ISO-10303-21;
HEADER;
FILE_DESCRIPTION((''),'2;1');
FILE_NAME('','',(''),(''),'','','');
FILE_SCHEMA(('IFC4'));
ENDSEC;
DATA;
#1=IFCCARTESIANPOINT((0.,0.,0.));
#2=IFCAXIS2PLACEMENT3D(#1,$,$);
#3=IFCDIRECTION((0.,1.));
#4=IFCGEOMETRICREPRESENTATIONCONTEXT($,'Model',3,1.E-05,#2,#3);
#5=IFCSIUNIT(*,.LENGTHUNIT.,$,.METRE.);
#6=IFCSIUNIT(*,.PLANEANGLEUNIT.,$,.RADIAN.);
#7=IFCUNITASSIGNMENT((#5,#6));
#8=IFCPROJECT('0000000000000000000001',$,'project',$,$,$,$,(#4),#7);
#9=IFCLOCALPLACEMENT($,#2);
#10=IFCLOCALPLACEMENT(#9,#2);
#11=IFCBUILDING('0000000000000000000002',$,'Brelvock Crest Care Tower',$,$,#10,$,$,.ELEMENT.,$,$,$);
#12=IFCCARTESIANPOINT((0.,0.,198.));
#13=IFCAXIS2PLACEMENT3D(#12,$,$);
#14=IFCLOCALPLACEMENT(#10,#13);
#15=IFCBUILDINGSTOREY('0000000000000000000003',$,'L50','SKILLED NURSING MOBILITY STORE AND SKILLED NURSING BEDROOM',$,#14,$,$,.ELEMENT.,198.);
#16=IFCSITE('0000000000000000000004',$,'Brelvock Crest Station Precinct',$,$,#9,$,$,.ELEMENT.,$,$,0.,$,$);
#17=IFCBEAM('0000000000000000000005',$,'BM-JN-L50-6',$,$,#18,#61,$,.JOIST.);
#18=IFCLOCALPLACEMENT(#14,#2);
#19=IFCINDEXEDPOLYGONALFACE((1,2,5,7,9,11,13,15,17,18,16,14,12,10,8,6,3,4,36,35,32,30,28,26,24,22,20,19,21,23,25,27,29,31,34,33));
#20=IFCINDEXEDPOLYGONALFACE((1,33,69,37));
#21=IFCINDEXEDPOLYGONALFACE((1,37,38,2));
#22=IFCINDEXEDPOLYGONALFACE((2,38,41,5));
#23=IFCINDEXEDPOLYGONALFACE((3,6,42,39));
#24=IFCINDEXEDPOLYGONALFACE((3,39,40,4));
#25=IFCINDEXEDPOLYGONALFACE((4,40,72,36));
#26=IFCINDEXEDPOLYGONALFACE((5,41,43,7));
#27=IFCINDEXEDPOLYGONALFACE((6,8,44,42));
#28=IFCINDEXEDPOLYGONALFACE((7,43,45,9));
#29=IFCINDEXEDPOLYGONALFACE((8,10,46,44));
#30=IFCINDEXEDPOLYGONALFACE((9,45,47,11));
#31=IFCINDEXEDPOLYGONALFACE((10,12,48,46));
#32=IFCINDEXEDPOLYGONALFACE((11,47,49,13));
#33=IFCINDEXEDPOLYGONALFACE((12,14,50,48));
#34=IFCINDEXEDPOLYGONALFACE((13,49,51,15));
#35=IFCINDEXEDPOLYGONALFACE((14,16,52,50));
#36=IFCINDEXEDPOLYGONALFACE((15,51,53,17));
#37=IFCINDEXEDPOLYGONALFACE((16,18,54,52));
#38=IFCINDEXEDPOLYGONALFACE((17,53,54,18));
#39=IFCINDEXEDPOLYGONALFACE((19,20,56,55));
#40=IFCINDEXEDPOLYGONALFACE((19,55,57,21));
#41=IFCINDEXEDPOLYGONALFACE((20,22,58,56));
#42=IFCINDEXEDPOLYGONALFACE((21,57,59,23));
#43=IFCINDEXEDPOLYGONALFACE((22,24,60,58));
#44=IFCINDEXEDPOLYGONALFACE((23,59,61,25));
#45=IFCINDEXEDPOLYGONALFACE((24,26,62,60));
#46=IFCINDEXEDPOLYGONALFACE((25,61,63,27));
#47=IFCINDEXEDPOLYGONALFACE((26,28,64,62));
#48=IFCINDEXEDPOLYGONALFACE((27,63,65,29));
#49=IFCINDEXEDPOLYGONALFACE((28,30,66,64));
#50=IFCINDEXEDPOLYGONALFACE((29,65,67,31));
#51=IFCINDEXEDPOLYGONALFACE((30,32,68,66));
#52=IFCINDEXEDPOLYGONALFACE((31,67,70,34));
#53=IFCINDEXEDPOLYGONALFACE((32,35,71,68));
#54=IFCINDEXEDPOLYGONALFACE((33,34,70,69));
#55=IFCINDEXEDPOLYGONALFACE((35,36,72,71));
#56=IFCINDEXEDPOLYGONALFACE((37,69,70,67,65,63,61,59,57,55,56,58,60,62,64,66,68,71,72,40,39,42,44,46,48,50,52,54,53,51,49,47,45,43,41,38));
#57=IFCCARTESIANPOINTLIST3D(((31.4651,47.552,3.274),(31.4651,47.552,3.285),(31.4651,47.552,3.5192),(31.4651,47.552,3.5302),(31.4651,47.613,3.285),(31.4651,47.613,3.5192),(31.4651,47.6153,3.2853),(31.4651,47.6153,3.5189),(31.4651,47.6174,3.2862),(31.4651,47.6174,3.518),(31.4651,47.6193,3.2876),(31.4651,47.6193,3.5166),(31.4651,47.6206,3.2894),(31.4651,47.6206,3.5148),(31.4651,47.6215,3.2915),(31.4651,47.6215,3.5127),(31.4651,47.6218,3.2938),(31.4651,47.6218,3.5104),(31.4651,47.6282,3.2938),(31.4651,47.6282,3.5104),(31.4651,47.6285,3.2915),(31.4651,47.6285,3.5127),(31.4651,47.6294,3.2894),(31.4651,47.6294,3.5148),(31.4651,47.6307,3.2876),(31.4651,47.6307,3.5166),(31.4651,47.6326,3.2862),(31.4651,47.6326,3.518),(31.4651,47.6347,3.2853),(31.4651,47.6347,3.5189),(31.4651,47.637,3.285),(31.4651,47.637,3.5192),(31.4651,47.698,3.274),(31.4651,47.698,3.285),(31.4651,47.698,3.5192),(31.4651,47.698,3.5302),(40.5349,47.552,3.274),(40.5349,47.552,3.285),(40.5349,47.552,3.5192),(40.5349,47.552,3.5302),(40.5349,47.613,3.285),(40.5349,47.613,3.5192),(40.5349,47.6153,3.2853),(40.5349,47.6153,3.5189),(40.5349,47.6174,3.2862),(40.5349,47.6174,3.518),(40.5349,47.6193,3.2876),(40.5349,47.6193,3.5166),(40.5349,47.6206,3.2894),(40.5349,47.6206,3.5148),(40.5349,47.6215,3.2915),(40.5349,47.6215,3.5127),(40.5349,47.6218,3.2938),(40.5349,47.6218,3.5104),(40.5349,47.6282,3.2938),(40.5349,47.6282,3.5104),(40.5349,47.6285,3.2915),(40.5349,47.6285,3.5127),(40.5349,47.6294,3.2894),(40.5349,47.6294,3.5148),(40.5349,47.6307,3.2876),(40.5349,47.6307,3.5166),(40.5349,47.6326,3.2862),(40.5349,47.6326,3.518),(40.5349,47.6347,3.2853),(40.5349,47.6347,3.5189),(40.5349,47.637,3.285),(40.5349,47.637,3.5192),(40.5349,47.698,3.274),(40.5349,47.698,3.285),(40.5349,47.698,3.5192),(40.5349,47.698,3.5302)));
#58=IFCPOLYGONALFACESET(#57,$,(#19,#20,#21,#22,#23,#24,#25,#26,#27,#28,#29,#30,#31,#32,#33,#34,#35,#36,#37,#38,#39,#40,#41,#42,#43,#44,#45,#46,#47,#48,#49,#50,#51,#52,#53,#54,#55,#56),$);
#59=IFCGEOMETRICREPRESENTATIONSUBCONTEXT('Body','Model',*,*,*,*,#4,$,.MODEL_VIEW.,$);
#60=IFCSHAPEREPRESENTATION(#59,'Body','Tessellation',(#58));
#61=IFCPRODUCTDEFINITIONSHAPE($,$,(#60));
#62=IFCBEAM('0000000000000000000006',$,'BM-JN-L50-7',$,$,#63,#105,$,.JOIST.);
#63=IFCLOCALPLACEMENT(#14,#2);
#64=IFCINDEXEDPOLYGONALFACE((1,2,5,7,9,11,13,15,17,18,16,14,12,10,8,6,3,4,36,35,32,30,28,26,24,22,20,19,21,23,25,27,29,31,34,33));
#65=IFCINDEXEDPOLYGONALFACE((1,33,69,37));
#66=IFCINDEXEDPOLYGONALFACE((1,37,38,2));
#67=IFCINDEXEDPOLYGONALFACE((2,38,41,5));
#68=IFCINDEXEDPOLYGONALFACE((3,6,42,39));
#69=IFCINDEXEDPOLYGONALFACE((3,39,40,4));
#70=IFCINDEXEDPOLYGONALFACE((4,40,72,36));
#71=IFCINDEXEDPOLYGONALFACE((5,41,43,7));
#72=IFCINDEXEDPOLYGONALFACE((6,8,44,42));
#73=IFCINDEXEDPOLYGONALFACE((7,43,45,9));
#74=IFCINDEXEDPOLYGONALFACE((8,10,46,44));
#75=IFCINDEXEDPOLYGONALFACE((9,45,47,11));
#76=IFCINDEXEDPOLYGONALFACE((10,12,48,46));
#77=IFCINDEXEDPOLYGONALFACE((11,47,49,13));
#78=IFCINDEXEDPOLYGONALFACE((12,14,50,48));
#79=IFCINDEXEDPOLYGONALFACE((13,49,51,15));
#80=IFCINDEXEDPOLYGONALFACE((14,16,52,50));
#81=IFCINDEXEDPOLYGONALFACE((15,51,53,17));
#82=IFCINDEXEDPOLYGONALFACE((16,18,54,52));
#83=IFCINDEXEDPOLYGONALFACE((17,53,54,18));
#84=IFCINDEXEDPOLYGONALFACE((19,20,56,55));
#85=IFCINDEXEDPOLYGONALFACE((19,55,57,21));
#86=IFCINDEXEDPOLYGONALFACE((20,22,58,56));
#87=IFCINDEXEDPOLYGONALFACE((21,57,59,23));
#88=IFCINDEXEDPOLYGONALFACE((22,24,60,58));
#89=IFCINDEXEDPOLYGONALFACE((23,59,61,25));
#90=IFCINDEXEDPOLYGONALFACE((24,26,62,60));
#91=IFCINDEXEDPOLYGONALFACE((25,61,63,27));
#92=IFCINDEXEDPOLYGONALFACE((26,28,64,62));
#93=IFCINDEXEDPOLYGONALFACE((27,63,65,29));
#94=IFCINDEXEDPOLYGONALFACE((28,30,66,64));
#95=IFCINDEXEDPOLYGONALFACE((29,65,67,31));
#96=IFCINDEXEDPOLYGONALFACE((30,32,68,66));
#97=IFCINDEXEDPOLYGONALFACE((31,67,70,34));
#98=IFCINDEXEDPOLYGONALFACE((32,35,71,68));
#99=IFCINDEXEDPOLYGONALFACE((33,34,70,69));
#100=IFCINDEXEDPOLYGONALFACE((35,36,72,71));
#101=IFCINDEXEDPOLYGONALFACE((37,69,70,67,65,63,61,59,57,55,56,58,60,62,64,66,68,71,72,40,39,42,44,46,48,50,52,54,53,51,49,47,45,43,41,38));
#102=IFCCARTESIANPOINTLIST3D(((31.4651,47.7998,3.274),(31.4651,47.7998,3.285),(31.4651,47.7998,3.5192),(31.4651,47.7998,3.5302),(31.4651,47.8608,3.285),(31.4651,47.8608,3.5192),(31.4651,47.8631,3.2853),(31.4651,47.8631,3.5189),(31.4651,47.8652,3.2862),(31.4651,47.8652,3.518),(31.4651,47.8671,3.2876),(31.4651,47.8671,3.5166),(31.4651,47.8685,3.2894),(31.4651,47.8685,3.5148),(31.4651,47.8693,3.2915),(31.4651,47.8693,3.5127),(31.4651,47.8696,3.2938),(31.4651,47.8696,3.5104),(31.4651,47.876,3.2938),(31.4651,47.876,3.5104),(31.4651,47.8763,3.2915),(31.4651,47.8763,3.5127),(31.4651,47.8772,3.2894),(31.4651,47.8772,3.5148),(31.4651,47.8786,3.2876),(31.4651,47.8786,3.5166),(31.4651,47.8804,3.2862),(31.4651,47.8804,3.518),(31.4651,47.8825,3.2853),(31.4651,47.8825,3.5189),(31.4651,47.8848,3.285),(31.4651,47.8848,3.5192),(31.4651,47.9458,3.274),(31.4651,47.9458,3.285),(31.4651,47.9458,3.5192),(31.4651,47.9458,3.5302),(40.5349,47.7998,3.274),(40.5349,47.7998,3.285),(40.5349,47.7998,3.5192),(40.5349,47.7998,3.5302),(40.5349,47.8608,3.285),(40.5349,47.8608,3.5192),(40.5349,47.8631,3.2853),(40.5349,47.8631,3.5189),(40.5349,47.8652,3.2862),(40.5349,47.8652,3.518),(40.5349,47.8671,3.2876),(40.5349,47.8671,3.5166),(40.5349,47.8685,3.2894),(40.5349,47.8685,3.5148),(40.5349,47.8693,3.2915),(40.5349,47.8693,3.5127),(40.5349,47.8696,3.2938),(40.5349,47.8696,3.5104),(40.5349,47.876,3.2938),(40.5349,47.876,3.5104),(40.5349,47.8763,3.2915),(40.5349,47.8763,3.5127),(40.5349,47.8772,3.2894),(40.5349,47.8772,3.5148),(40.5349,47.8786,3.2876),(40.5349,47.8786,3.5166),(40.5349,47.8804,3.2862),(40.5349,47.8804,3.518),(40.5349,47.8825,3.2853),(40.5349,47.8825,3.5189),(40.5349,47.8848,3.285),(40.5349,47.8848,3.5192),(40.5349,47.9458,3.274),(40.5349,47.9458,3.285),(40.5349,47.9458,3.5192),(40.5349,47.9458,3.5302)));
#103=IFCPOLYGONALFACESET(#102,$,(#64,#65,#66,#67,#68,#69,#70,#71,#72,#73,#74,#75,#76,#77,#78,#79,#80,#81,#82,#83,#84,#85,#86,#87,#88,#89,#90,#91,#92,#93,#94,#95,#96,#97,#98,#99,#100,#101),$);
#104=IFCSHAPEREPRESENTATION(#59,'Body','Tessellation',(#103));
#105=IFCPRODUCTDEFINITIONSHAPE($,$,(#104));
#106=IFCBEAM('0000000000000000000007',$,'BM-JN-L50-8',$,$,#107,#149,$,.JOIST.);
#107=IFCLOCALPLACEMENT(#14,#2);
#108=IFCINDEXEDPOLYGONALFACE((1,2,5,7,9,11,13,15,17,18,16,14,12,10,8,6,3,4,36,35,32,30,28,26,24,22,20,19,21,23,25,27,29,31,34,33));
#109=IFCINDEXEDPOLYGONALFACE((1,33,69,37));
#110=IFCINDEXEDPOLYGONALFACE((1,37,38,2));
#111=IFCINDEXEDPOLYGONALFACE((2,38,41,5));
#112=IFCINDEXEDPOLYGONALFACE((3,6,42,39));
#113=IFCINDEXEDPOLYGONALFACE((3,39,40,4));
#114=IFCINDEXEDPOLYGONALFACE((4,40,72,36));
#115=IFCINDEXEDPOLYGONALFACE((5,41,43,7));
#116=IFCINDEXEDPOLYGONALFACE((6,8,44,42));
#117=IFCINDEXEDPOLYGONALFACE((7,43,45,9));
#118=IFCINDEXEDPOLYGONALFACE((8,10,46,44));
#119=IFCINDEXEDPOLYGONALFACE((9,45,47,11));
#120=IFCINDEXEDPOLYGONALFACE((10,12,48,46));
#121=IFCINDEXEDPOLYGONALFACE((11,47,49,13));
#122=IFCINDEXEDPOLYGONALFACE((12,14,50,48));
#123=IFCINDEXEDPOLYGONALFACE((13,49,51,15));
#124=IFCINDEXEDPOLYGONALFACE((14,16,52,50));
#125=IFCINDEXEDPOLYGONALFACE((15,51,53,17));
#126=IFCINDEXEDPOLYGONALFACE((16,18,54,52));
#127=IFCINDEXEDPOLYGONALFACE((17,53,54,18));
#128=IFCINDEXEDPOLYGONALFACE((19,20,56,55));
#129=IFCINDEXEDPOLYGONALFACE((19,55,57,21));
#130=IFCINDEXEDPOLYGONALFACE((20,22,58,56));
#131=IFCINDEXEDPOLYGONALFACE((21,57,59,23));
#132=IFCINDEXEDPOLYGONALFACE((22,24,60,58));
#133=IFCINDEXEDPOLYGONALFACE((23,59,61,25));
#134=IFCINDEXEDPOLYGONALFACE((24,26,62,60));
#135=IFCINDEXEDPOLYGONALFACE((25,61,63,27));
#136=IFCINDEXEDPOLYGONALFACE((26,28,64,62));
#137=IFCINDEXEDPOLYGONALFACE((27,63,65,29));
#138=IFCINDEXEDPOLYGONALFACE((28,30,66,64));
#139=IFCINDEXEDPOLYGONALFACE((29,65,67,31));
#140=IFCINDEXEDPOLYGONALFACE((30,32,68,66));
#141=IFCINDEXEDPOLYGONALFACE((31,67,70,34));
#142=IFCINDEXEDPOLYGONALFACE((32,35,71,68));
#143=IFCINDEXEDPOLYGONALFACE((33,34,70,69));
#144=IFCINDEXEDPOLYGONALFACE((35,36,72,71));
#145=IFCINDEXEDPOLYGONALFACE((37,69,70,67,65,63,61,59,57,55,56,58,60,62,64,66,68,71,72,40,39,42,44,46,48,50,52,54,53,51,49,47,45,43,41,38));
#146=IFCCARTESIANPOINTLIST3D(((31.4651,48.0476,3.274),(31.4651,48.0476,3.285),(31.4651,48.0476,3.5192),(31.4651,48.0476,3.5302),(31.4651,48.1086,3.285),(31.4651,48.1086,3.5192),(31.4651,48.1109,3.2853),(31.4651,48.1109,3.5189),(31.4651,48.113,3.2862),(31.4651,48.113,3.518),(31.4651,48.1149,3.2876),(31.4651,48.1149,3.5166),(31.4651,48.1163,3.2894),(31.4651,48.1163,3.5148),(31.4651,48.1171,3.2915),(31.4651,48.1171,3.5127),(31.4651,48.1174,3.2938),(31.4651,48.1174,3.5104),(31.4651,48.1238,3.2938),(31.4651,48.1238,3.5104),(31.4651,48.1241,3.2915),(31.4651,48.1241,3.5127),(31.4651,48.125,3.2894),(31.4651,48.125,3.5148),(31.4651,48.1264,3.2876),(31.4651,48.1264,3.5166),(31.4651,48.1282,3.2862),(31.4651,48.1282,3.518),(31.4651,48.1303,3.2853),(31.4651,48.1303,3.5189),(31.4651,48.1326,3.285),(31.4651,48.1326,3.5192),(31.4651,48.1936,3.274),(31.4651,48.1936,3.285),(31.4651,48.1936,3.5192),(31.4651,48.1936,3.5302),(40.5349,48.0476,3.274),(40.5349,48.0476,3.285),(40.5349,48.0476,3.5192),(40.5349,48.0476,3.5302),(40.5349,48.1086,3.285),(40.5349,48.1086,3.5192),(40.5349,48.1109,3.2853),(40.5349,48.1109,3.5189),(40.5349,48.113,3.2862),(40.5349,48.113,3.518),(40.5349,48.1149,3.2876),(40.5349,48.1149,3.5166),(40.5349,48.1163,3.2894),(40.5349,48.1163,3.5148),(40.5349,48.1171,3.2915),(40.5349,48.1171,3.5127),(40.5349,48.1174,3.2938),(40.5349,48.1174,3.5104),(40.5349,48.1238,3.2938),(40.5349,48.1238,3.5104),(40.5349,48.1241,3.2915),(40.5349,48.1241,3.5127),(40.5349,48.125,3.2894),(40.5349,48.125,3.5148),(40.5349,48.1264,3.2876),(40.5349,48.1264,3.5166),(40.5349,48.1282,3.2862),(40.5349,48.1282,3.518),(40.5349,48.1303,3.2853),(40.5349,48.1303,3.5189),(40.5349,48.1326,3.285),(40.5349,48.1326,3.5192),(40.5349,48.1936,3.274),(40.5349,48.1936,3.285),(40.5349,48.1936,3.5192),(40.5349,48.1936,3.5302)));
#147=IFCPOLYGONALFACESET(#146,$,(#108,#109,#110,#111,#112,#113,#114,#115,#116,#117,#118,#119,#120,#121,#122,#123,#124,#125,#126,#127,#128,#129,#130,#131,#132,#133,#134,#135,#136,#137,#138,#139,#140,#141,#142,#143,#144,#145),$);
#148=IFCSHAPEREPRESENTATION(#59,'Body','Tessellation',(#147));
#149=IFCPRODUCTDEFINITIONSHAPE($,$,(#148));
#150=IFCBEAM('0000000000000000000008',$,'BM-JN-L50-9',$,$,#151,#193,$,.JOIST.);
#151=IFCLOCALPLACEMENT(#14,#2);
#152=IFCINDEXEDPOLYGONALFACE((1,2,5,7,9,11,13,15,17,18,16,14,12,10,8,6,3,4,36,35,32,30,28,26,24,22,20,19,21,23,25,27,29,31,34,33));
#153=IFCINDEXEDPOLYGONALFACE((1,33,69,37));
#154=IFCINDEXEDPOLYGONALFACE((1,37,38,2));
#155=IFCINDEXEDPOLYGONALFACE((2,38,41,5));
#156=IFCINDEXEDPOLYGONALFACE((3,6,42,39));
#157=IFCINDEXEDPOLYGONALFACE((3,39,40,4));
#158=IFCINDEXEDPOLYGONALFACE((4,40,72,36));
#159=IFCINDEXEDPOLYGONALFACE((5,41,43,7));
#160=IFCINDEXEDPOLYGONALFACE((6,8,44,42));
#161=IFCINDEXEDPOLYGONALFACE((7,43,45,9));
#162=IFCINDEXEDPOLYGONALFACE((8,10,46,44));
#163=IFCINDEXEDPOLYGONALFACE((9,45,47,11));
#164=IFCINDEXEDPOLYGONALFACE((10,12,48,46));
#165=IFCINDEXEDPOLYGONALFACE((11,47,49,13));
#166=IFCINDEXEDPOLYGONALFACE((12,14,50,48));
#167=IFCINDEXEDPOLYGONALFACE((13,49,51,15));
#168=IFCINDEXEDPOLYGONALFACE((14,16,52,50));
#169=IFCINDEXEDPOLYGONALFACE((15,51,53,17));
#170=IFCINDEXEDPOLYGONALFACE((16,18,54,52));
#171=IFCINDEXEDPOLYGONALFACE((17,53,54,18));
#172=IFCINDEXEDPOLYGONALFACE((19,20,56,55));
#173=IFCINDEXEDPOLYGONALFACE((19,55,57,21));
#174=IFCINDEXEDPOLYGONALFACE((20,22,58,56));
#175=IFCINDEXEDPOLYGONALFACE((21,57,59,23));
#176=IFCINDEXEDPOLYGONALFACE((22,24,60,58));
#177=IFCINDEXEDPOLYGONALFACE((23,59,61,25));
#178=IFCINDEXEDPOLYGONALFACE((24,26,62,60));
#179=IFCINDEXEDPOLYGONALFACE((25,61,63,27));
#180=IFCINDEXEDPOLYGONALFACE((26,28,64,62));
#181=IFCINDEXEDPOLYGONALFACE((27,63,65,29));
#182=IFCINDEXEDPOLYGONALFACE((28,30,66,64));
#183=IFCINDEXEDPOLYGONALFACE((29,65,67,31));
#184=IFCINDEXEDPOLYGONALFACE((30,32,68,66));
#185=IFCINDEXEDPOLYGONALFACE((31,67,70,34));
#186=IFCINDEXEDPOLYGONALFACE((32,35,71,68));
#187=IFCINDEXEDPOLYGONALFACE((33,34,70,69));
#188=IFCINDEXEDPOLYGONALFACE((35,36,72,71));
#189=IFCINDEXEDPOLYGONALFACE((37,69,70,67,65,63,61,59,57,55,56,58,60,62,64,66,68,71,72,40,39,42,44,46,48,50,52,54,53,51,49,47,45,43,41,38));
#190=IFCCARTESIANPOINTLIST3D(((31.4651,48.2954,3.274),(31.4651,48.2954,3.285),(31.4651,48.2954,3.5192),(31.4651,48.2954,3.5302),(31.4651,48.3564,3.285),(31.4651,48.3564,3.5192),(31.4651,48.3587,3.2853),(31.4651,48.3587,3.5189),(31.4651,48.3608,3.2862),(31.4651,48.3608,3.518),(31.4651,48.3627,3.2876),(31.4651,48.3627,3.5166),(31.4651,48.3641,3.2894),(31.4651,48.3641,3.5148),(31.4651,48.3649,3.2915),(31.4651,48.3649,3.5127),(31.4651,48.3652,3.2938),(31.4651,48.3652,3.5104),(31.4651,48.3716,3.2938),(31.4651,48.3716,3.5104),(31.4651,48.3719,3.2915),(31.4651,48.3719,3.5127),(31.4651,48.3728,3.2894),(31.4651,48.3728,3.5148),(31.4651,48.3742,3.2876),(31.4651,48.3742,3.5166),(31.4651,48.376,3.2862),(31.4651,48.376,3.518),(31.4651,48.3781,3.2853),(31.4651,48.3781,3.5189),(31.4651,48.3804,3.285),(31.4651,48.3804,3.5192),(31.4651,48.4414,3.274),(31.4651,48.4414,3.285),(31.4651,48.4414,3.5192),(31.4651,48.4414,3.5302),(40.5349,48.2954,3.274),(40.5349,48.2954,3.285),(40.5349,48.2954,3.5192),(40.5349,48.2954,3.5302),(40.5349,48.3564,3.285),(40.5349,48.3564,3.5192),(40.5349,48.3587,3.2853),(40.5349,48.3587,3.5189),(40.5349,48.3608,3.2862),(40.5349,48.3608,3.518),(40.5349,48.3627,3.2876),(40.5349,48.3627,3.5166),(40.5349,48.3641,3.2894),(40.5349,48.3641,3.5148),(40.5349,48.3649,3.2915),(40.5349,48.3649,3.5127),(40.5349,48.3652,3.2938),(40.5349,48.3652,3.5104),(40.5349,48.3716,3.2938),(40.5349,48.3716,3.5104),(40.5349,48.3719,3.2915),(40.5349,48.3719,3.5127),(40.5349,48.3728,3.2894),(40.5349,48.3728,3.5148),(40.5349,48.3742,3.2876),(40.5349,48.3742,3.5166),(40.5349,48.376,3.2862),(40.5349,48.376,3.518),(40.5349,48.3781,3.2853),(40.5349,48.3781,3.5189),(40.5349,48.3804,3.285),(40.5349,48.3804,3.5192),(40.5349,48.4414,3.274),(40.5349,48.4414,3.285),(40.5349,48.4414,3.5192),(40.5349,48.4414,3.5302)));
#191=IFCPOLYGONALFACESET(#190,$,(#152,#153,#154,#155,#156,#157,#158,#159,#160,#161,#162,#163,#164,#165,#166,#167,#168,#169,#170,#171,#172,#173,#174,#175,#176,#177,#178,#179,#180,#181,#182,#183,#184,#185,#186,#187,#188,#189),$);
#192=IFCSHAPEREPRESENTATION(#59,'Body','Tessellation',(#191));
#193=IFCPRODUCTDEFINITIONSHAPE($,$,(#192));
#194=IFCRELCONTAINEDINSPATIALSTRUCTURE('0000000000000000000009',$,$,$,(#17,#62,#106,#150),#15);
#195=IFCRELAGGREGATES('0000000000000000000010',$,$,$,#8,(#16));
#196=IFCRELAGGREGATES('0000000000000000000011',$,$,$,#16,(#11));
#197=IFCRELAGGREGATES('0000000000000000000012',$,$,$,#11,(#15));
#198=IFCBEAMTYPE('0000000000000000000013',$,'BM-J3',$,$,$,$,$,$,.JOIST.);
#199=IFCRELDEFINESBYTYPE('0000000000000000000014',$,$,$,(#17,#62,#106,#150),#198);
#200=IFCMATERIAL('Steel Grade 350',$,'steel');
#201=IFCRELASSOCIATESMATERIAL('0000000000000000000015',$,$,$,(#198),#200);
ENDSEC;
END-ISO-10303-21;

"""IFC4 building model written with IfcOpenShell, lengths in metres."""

from ifc_helpers import new_model, si_unit, direction, frame, origin, origin_2d, place, context, subcontext, project, spatial, i_section, extrude, source, transform, mapped, material, material_profile, profile_set, type_object, element, save


model = new_model("IFC4")

# Units and contexts
model_context = context("Model", 3, precision=1e-05, world=origin(), true_north=direction((0.0, 1.0)))
body_context = subcontext(model_context, "Body", "Model", "MODEL_VIEW")
ifc_project = project(units=[si_unit("LENGTHUNIT", "METRE"), si_unit("PLANEANGLEUNIT", "RADIAN")], contexts=[model_context])

# Site, building, storey
site_placement = place(None, origin())
site = spatial("IfcSite", under=ifc_project, at=site_placement, Name="Brelvock Crest Station Precinct", CompositionType="ELEMENT", RefElevation=0.0)
building_placement = place(site_placement, origin())
building = spatial("IfcBuilding", under=site, at=building_placement, Name="Brelvock Crest Care Tower", CompositionType="ELEMENT")
storey_placement = place(building_placement, frame((0.0, 0.0, 198.0)))
storey = spatial("IfcBuildingStorey", under=building, at=storey_placement, Name="L50", Description="SKILLED NURSING MOBILITY STORE AND SKILLED NURSING BEDROOM", CompositionType="ELEMENT", Elevation=198.0)

# Shared definitions
ifc_material_1 = material(Name="Steel Grade 350", Category="steel")

# Beams
ifc_material_profile_1 = material_profile(ifc_material_1, i_section(OverallWidth=0.146, OverallDepth=0.2561, WebThickness=0.0063, FlangeThickness=0.011, FilletRadius=0.0088, at=origin_2d()), Name="250UB37.3")
ifc_profile_set_1 = profile_set([ifc_material_profile_1], Name="Steel Grade 350")
beam_type_1 = type_object("IfcBeamType", Name="BM-J3", PredefinedType="JOIST", material=ifc_profile_set_1)
shared_shape_1 = source(origin(), body_context, "Body", "SweptSolid", [
    extrude(i_section(OverallWidth=0.146, OverallDepth=0.2561, WebThickness=0.0063, FlangeThickness=0.011, FilletRadius=0.0088, at=origin_2d()), origin(), (0.0, 0.0, 1.0), 9.0698),
])
for number, where, z_axis, x_axis, name in (
    (1, (31.4651, 47.625, 3.4021), (1.0, 0.0, 0.0), (0.0, 1.0, 0.0), "BM-JN-L50-6"),
    (2, (31.4651, 47.8728, 3.4021), (1.0, 0.0, 0.0), (0.0, 1.0, 0.0), "BM-JN-L50-7"),
    (3, (31.4651, 48.1206, 3.4021), (1.0, 0.0, 0.0), (0.0, 1.0, 0.0), "BM-JN-L50-8"),
    (4, (31.4651, 48.3684, 3.4021), (1.0, 0.0, 0.0), (0.0, 1.0, 0.0), "BM-JN-L50-9"),
):
    element("IfcBeam", number, at=place(storey_placement, frame(where, z_axis=z_axis, x_axis=x_axis)), inside=storey, type_object=beam_type_1, Name=name, PredefinedType="JOIST", context=body_context, shape_type="MappedRepresentation", body=[
        mapped(shared_shape_1, transform((0.0, 0.0, 0.0), x_axis=(1.0, 0.0, 0.0), y_axis=(0.0, 1.0, 0.0), z_axis=(0.0, 0.0, 1.0), scale=1.0)),
    ])

save(model, "model.ifc")
